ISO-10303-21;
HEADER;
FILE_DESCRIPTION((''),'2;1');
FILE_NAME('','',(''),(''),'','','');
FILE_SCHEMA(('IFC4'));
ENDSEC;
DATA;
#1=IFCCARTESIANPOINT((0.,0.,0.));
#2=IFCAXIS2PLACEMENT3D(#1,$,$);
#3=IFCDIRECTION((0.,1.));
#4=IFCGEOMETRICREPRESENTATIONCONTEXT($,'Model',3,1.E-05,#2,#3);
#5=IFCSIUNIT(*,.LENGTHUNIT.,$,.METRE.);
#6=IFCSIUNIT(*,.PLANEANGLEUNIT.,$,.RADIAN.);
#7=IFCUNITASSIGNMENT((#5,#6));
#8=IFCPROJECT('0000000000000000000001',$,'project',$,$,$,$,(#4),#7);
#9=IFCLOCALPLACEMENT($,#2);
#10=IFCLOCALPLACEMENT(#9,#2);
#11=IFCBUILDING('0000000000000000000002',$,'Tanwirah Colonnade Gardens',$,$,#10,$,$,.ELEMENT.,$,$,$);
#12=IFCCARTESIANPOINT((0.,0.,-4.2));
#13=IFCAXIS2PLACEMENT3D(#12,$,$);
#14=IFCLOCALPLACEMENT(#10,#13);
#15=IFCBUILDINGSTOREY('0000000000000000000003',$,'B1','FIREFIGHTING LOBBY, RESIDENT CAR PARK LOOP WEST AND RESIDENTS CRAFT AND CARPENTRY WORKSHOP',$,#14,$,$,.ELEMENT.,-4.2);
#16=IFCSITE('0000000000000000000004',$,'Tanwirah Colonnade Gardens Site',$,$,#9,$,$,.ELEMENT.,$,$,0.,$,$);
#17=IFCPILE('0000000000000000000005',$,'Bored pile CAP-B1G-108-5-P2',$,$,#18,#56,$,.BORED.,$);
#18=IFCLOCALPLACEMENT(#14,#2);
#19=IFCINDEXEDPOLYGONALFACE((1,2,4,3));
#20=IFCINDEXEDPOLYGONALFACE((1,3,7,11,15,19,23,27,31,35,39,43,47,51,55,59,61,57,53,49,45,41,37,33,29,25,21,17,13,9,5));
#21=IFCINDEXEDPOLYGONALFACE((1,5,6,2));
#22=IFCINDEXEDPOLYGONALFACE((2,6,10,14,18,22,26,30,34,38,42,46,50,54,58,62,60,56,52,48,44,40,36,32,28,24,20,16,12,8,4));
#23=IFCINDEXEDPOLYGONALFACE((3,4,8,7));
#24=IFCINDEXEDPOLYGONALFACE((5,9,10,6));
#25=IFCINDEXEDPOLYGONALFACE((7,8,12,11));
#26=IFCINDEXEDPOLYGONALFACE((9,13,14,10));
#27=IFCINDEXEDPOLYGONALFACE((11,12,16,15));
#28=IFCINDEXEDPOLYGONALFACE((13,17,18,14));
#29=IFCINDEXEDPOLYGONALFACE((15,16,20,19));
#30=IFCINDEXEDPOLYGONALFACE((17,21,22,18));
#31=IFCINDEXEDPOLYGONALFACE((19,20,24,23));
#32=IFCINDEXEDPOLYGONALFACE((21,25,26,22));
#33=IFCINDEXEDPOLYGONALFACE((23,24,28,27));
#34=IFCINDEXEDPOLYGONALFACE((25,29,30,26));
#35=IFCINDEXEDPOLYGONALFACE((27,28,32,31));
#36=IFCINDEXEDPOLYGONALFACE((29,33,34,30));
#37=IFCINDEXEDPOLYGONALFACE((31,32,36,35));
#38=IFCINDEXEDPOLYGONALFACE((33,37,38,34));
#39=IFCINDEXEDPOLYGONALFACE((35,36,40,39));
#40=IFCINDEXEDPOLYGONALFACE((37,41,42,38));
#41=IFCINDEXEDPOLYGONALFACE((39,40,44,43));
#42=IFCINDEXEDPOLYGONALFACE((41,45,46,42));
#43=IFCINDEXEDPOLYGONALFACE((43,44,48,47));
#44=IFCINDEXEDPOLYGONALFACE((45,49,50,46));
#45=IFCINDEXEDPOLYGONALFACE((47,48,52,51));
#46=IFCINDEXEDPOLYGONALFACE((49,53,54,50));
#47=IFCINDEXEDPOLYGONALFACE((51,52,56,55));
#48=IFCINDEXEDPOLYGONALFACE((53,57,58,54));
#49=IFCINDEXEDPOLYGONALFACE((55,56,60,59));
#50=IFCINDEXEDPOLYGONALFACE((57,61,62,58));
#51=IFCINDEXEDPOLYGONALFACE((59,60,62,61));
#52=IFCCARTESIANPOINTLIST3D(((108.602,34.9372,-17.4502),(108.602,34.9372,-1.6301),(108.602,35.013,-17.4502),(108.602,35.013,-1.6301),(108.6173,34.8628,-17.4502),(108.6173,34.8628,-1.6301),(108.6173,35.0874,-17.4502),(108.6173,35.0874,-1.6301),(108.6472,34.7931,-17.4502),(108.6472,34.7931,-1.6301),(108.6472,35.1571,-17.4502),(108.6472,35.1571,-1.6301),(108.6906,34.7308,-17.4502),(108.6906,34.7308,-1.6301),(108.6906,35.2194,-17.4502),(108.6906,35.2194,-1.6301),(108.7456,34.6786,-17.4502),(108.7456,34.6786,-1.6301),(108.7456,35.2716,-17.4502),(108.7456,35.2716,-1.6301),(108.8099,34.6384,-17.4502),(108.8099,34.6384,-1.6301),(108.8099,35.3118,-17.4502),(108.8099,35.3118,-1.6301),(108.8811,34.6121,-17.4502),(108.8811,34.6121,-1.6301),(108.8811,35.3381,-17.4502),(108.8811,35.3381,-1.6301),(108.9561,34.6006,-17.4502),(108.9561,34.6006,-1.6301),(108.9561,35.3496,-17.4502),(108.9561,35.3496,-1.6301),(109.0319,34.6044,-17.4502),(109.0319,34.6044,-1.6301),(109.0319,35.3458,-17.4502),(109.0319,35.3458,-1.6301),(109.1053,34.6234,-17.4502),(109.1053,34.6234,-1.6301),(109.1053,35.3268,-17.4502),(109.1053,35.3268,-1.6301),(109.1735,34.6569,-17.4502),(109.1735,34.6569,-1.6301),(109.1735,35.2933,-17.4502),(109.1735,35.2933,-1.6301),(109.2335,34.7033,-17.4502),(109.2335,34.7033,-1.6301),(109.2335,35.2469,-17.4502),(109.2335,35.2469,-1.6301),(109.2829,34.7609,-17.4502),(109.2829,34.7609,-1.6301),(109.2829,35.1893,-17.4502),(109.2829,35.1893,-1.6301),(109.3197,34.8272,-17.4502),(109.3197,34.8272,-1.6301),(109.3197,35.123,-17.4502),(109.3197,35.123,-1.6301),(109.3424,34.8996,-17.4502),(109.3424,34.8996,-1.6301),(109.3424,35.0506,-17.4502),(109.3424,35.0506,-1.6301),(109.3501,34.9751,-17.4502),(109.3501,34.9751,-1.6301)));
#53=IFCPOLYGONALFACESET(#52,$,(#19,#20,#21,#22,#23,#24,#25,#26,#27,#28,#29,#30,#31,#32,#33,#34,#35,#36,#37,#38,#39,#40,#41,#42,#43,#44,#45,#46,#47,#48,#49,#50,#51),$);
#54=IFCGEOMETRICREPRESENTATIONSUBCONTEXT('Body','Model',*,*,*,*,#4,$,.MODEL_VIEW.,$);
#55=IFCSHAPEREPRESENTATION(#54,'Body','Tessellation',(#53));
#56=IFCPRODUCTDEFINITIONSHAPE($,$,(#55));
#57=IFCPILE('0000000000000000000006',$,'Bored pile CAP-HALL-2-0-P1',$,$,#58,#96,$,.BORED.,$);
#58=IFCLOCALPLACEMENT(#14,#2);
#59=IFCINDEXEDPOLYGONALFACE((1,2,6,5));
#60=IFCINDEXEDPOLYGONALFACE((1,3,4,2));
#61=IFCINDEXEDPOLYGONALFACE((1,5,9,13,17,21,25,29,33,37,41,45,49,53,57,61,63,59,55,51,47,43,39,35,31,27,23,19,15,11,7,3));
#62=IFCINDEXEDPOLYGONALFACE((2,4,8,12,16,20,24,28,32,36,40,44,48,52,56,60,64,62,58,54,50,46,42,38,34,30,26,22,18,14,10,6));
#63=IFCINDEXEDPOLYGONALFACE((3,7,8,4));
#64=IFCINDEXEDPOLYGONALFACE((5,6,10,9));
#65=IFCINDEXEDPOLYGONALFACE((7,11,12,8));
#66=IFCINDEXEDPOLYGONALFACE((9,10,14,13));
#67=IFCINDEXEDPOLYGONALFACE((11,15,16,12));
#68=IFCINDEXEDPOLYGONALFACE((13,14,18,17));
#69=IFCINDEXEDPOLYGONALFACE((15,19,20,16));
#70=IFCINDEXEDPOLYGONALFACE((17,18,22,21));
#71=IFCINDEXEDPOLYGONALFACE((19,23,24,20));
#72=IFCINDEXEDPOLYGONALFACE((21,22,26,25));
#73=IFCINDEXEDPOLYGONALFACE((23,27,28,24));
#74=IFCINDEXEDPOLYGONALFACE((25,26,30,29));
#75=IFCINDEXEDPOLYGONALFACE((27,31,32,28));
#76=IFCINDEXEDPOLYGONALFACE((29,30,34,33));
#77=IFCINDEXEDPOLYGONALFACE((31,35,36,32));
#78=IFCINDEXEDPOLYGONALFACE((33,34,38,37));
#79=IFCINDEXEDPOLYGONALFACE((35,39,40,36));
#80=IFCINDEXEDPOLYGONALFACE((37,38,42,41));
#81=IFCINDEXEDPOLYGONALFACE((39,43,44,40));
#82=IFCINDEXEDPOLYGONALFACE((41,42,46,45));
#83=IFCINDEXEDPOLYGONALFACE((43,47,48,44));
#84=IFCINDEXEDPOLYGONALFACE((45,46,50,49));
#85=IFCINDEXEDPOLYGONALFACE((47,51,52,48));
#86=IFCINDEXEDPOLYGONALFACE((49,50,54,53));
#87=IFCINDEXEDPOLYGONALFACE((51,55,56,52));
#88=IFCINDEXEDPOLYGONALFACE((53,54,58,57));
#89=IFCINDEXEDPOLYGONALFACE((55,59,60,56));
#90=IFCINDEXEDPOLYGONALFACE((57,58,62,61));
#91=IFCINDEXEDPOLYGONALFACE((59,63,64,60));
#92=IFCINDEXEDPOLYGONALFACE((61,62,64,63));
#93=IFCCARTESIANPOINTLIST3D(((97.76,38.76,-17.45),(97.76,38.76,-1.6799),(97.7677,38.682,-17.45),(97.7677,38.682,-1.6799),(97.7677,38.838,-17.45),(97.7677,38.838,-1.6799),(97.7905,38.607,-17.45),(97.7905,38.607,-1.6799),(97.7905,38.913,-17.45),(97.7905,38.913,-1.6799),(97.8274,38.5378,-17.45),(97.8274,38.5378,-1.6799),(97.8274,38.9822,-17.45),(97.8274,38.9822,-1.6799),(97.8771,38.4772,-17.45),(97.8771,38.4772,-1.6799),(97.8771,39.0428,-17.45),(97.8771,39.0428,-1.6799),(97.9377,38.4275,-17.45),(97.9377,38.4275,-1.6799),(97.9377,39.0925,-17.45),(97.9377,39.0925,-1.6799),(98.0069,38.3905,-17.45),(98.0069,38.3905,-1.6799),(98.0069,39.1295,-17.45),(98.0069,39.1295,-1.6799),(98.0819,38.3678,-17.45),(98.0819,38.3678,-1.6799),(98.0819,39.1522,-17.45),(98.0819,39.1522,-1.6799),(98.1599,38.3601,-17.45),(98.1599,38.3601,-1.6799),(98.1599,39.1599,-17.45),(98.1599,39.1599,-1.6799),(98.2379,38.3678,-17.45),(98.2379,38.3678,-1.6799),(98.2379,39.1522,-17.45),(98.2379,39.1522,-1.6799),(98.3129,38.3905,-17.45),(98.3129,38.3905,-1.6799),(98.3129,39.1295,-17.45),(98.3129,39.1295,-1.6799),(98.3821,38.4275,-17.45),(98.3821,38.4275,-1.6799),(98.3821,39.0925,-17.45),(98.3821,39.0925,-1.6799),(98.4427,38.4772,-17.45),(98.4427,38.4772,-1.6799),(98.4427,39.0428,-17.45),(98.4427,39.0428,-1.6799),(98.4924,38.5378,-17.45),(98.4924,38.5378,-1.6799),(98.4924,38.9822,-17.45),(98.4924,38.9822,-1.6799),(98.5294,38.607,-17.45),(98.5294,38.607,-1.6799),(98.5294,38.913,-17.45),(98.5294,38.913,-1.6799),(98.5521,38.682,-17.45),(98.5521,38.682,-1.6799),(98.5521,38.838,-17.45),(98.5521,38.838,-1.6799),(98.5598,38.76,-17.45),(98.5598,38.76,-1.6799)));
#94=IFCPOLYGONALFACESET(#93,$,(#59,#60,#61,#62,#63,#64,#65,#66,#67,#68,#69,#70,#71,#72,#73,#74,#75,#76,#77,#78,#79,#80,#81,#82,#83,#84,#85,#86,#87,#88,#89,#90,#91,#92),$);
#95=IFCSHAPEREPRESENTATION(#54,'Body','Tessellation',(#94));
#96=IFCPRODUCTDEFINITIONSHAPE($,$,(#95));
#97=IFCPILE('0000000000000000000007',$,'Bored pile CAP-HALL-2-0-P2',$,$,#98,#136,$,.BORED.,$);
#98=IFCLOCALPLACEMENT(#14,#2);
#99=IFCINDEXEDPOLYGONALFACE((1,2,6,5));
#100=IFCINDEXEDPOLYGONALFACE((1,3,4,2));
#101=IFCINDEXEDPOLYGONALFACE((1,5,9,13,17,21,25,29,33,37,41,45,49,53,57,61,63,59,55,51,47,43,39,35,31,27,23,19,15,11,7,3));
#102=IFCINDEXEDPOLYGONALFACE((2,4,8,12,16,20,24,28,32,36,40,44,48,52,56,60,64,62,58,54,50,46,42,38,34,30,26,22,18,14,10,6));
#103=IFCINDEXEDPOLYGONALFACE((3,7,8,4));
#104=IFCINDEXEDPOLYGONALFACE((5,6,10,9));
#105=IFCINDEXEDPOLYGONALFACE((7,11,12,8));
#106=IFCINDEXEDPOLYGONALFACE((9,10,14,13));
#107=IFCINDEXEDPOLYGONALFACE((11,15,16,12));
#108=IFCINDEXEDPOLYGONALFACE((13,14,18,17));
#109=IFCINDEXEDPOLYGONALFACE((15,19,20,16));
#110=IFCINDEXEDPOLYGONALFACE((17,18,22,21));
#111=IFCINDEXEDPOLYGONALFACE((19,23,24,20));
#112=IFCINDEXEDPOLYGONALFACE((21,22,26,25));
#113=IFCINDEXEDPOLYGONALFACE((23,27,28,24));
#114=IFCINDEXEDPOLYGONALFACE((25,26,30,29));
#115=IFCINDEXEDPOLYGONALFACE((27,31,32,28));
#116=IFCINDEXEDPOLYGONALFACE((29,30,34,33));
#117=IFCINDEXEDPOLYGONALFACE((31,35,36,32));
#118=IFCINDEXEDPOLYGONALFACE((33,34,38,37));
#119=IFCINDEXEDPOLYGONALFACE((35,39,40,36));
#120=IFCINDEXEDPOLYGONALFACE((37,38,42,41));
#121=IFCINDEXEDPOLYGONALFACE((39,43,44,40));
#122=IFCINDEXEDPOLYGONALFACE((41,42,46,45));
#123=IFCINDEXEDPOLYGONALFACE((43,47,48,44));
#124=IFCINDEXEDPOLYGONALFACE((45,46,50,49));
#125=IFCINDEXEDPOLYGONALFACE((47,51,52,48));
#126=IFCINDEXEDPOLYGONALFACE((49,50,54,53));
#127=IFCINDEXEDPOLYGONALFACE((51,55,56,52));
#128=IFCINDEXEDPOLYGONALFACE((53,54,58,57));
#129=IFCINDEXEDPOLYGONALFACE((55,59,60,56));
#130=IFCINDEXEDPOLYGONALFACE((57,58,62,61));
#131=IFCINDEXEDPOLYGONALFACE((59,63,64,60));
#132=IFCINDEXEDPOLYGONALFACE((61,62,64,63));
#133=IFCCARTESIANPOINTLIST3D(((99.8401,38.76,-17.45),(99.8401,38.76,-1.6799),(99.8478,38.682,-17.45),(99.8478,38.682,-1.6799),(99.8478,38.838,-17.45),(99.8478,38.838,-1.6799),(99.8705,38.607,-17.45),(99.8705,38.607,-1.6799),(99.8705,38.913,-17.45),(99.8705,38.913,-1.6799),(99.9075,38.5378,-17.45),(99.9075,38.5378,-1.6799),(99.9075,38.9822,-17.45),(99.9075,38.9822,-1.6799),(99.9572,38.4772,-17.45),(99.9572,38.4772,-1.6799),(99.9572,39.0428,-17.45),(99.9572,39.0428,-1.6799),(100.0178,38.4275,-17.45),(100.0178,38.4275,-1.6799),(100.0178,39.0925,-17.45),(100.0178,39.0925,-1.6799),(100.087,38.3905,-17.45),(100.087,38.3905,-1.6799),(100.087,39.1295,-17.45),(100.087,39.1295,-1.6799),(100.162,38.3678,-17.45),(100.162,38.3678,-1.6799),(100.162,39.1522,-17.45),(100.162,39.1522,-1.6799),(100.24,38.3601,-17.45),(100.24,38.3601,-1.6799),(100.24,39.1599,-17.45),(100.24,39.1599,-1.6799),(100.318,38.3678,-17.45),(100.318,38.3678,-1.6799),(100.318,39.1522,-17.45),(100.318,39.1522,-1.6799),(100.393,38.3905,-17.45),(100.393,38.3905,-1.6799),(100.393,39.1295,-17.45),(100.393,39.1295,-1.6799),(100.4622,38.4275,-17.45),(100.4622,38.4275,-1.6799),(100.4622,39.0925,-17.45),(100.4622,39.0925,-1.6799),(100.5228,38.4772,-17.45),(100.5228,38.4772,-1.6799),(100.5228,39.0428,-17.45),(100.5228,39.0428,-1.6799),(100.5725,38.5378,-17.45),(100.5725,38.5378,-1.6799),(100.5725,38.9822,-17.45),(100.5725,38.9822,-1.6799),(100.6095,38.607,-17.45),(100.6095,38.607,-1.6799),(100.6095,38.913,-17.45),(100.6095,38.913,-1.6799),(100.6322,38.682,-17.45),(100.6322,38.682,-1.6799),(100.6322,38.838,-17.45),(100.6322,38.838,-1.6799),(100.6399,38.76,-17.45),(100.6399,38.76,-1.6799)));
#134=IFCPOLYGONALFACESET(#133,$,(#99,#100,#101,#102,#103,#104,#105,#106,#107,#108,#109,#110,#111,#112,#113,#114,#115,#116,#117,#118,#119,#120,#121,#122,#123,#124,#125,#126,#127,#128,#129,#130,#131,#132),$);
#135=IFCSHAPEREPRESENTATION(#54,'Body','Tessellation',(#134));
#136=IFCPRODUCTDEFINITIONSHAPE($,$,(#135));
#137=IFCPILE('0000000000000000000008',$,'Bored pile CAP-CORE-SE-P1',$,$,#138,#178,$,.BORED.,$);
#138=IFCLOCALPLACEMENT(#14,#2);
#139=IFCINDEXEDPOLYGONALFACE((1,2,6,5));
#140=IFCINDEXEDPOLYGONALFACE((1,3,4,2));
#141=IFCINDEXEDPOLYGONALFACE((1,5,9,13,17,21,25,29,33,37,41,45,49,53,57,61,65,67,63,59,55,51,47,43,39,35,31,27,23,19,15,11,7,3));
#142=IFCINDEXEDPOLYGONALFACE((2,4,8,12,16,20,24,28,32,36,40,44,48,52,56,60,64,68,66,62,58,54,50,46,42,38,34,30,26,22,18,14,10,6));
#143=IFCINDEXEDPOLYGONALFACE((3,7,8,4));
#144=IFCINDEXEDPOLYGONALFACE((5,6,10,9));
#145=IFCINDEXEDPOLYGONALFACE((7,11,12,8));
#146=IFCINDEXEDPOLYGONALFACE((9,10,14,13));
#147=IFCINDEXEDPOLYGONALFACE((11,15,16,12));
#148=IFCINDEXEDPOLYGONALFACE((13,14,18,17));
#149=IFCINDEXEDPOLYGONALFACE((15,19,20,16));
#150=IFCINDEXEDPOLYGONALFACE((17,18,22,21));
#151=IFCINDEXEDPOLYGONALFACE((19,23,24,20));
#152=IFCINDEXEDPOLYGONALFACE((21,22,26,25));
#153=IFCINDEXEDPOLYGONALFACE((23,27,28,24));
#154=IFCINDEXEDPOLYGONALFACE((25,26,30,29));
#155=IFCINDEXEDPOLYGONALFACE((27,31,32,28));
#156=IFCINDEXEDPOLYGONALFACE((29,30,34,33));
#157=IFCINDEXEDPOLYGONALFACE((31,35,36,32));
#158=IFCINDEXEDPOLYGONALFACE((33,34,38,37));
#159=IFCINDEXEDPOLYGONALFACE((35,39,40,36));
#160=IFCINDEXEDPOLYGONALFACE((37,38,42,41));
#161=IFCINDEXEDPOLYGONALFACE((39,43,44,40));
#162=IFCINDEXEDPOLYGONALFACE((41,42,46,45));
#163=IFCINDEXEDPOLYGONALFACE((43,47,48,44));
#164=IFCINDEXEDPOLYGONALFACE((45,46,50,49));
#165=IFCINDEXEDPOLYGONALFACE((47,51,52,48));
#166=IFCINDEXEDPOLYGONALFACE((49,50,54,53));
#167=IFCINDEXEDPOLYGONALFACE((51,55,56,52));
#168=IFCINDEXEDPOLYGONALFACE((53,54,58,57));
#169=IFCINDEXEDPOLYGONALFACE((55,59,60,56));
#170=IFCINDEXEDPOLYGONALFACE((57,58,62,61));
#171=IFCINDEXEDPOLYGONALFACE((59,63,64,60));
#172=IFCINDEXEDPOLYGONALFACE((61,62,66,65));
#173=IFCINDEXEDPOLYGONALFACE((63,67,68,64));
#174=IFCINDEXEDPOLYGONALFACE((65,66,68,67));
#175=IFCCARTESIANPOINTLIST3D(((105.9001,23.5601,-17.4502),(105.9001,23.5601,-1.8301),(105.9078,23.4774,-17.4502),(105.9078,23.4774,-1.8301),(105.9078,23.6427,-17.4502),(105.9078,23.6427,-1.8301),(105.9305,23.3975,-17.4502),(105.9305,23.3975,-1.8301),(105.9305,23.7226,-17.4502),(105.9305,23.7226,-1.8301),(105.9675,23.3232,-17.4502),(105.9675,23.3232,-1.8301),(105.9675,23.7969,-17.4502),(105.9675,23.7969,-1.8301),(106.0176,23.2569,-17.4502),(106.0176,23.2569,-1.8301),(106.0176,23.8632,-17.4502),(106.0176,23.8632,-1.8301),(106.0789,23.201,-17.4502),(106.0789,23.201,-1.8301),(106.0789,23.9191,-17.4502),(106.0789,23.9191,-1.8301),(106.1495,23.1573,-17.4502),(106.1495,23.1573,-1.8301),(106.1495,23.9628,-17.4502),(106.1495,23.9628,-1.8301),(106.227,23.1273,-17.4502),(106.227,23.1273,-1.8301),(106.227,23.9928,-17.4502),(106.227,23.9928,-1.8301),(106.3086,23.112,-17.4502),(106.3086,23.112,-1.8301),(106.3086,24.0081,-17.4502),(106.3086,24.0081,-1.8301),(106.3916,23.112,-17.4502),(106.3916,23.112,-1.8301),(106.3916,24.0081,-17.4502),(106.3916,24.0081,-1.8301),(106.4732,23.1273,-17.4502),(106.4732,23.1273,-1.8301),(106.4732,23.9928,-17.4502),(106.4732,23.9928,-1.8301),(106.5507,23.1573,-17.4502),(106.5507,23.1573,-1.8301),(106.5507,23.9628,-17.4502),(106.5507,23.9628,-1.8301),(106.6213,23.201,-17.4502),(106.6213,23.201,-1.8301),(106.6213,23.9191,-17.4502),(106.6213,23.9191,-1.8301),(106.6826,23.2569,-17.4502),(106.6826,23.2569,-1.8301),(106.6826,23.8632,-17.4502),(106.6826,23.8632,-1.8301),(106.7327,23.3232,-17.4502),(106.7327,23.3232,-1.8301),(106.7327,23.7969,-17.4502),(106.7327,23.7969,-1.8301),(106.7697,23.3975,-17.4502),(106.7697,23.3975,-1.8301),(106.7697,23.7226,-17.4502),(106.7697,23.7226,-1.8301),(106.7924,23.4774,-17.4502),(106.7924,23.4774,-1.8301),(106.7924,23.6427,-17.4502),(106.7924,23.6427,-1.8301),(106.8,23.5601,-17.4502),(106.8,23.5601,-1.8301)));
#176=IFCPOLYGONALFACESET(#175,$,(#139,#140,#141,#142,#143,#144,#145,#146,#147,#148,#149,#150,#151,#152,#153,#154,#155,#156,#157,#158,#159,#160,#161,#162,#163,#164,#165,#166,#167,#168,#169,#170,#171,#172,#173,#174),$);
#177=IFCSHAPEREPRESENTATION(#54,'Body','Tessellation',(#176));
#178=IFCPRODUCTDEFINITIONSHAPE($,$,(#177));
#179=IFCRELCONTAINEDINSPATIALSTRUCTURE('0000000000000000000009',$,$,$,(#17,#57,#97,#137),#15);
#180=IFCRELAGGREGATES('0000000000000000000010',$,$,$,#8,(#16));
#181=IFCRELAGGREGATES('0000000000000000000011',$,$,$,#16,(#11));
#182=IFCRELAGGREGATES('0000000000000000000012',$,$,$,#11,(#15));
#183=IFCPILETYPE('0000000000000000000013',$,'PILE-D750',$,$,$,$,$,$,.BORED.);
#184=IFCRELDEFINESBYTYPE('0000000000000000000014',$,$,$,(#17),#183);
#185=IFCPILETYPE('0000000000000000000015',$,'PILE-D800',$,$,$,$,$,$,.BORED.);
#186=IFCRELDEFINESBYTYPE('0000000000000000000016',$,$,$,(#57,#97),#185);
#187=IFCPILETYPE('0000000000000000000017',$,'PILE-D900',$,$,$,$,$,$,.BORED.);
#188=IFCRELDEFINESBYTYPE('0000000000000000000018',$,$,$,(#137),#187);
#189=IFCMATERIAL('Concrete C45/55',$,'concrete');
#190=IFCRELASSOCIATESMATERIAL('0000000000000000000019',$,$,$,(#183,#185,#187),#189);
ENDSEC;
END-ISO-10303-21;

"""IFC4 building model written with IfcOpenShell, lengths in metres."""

from ifc_helpers import new_model, si_unit, direction, frame, origin, origin_2d, place, context, subcontext, project, spatial, circle, extrude, material, material_profile, profile_set, type_object, element, save


model = new_model("IFC4")

# Units and contexts
model_context = context("Model", 3, precision=1e-05, world=origin(), true_north=direction((0.0, 1.0)))
body_context = subcontext(model_context, "Body", "Model", "MODEL_VIEW")
ifc_project = project(units=[si_unit("LENGTHUNIT", "METRE"), si_unit("PLANEANGLEUNIT", "RADIAN")], contexts=[model_context])

# Site, building, storey
site_placement = place(None, origin())
site = spatial("IfcSite", under=ifc_project, at=site_placement, Name="Tanwirah Colonnade Gardens Site", CompositionType="ELEMENT", RefElevation=0.0)
building_placement = place(site_placement, origin())
building = spatial("IfcBuilding", under=site, at=building_placement, Name="Tanwirah Colonnade Gardens", CompositionType="ELEMENT")
storey_placement = place(building_placement, frame((0.0, 0.0, -4.2)))
storey = spatial("IfcBuildingStorey", under=building, at=storey_placement, Name="B1", Description="FIREFIGHTING LOBBY, RESIDENT CAR PARK LOOP WEST AND RESIDENTS CRAFT AND CARPENTRY WORKSHOP", CompositionType="ELEMENT", Elevation=-4.2)

# Shared definitions
ifc_material_1 = material(Name="Concrete C45/55", Category="concrete")

# Piles
ifc_material_profile_1 = material_profile(ifc_material_1, circle(Radius=0.375, at=origin_2d()), Name="PILE D750")
ifc_profile_set_1 = profile_set([ifc_material_profile_1], Name="Concrete C45/55")
pile_type_1 = type_object("IfcPileType", Name="PILE-D750", PredefinedType="BORED", material=ifc_profile_set_1)
for number, where, z_axis, x_axis, name in (
    (1, (108.9751, 34.9751, -1.6301), (0.0, 0.0, -1.0), (1.0, 0.0, 0.0), "Bored pile CAP-B1G-108-5-P2"),
):
    element("IfcPile", number, at=place(storey_placement, frame(where, z_axis=z_axis, x_axis=x_axis)), inside=storey, type_object=pile_type_1, Name=name, PredefinedType="BORED", context=body_context, shape_type="SweptSolid", body=[
        extrude(circle(Radius=0.375, at=origin_2d()), origin(), (0.0, 0.0, 1.0), 15.8201),
    ])
ifc_material_profile_2 = material_profile(ifc_material_1, circle(Radius=0.3999, at=origin_2d()), Name="PILE D800")
ifc_profile_set_2 = profile_set([ifc_material_profile_2], Name="Concrete C45/55")
pile_type_2 = type_object("IfcPileType", Name="PILE-D800", PredefinedType="BORED", material=ifc_profile_set_2)
for number, where, z_axis, x_axis, name in (
    (2, (98.1599, 38.76, -1.6799), (0.0, 0.0, -1.0), (1.0, 0.0, 0.0), "Bored pile CAP-HALL-2-0-P1"),
    (3, (100.24, 38.76, -1.6799), (0.0, 0.0, -1.0), (1.0, 0.0, 0.0), "Bored pile CAP-HALL-2-0-P2"),
):
    element("IfcPile", number, at=place(storey_placement, frame(where, z_axis=z_axis, x_axis=x_axis)), inside=storey, type_object=pile_type_2, Name=name, PredefinedType="BORED", context=body_context, shape_type="SweptSolid", body=[
        extrude(circle(Radius=0.3999, at=origin_2d()), origin(), (0.0, 0.0, 1.0), 15.77),
    ])
ifc_material_profile_3 = material_profile(ifc_material_1, circle(Radius=0.45, at=origin_2d()), Name="PILE D900")
ifc_profile_set_3 = profile_set([ifc_material_profile_3], Name="Concrete C45/55")
pile_type_3 = type_object("IfcPileType", Name="PILE-D900", PredefinedType="BORED", material=ifc_profile_set_3)
for number, where, z_axis, x_axis, name in (
    (4, (106.3501, 23.5601, -1.8301), (0.0, 0.0, -1.0), (1.0, 0.0, 0.0), "Bored pile CAP-CORE-SE-P1"),
):
    element("IfcPile", number, at=place(storey_placement, frame(where, z_axis=z_axis, x_axis=x_axis)), inside=storey, type_object=pile_type_3, Name=name, PredefinedType="BORED", context=body_context, shape_type="SweptSolid", body=[
        extrude(circle(Radius=0.45, at=origin_2d()), origin(), (0.0, 0.0, 1.0), 15.6201),
    ])

save(model, "model.ifc")
